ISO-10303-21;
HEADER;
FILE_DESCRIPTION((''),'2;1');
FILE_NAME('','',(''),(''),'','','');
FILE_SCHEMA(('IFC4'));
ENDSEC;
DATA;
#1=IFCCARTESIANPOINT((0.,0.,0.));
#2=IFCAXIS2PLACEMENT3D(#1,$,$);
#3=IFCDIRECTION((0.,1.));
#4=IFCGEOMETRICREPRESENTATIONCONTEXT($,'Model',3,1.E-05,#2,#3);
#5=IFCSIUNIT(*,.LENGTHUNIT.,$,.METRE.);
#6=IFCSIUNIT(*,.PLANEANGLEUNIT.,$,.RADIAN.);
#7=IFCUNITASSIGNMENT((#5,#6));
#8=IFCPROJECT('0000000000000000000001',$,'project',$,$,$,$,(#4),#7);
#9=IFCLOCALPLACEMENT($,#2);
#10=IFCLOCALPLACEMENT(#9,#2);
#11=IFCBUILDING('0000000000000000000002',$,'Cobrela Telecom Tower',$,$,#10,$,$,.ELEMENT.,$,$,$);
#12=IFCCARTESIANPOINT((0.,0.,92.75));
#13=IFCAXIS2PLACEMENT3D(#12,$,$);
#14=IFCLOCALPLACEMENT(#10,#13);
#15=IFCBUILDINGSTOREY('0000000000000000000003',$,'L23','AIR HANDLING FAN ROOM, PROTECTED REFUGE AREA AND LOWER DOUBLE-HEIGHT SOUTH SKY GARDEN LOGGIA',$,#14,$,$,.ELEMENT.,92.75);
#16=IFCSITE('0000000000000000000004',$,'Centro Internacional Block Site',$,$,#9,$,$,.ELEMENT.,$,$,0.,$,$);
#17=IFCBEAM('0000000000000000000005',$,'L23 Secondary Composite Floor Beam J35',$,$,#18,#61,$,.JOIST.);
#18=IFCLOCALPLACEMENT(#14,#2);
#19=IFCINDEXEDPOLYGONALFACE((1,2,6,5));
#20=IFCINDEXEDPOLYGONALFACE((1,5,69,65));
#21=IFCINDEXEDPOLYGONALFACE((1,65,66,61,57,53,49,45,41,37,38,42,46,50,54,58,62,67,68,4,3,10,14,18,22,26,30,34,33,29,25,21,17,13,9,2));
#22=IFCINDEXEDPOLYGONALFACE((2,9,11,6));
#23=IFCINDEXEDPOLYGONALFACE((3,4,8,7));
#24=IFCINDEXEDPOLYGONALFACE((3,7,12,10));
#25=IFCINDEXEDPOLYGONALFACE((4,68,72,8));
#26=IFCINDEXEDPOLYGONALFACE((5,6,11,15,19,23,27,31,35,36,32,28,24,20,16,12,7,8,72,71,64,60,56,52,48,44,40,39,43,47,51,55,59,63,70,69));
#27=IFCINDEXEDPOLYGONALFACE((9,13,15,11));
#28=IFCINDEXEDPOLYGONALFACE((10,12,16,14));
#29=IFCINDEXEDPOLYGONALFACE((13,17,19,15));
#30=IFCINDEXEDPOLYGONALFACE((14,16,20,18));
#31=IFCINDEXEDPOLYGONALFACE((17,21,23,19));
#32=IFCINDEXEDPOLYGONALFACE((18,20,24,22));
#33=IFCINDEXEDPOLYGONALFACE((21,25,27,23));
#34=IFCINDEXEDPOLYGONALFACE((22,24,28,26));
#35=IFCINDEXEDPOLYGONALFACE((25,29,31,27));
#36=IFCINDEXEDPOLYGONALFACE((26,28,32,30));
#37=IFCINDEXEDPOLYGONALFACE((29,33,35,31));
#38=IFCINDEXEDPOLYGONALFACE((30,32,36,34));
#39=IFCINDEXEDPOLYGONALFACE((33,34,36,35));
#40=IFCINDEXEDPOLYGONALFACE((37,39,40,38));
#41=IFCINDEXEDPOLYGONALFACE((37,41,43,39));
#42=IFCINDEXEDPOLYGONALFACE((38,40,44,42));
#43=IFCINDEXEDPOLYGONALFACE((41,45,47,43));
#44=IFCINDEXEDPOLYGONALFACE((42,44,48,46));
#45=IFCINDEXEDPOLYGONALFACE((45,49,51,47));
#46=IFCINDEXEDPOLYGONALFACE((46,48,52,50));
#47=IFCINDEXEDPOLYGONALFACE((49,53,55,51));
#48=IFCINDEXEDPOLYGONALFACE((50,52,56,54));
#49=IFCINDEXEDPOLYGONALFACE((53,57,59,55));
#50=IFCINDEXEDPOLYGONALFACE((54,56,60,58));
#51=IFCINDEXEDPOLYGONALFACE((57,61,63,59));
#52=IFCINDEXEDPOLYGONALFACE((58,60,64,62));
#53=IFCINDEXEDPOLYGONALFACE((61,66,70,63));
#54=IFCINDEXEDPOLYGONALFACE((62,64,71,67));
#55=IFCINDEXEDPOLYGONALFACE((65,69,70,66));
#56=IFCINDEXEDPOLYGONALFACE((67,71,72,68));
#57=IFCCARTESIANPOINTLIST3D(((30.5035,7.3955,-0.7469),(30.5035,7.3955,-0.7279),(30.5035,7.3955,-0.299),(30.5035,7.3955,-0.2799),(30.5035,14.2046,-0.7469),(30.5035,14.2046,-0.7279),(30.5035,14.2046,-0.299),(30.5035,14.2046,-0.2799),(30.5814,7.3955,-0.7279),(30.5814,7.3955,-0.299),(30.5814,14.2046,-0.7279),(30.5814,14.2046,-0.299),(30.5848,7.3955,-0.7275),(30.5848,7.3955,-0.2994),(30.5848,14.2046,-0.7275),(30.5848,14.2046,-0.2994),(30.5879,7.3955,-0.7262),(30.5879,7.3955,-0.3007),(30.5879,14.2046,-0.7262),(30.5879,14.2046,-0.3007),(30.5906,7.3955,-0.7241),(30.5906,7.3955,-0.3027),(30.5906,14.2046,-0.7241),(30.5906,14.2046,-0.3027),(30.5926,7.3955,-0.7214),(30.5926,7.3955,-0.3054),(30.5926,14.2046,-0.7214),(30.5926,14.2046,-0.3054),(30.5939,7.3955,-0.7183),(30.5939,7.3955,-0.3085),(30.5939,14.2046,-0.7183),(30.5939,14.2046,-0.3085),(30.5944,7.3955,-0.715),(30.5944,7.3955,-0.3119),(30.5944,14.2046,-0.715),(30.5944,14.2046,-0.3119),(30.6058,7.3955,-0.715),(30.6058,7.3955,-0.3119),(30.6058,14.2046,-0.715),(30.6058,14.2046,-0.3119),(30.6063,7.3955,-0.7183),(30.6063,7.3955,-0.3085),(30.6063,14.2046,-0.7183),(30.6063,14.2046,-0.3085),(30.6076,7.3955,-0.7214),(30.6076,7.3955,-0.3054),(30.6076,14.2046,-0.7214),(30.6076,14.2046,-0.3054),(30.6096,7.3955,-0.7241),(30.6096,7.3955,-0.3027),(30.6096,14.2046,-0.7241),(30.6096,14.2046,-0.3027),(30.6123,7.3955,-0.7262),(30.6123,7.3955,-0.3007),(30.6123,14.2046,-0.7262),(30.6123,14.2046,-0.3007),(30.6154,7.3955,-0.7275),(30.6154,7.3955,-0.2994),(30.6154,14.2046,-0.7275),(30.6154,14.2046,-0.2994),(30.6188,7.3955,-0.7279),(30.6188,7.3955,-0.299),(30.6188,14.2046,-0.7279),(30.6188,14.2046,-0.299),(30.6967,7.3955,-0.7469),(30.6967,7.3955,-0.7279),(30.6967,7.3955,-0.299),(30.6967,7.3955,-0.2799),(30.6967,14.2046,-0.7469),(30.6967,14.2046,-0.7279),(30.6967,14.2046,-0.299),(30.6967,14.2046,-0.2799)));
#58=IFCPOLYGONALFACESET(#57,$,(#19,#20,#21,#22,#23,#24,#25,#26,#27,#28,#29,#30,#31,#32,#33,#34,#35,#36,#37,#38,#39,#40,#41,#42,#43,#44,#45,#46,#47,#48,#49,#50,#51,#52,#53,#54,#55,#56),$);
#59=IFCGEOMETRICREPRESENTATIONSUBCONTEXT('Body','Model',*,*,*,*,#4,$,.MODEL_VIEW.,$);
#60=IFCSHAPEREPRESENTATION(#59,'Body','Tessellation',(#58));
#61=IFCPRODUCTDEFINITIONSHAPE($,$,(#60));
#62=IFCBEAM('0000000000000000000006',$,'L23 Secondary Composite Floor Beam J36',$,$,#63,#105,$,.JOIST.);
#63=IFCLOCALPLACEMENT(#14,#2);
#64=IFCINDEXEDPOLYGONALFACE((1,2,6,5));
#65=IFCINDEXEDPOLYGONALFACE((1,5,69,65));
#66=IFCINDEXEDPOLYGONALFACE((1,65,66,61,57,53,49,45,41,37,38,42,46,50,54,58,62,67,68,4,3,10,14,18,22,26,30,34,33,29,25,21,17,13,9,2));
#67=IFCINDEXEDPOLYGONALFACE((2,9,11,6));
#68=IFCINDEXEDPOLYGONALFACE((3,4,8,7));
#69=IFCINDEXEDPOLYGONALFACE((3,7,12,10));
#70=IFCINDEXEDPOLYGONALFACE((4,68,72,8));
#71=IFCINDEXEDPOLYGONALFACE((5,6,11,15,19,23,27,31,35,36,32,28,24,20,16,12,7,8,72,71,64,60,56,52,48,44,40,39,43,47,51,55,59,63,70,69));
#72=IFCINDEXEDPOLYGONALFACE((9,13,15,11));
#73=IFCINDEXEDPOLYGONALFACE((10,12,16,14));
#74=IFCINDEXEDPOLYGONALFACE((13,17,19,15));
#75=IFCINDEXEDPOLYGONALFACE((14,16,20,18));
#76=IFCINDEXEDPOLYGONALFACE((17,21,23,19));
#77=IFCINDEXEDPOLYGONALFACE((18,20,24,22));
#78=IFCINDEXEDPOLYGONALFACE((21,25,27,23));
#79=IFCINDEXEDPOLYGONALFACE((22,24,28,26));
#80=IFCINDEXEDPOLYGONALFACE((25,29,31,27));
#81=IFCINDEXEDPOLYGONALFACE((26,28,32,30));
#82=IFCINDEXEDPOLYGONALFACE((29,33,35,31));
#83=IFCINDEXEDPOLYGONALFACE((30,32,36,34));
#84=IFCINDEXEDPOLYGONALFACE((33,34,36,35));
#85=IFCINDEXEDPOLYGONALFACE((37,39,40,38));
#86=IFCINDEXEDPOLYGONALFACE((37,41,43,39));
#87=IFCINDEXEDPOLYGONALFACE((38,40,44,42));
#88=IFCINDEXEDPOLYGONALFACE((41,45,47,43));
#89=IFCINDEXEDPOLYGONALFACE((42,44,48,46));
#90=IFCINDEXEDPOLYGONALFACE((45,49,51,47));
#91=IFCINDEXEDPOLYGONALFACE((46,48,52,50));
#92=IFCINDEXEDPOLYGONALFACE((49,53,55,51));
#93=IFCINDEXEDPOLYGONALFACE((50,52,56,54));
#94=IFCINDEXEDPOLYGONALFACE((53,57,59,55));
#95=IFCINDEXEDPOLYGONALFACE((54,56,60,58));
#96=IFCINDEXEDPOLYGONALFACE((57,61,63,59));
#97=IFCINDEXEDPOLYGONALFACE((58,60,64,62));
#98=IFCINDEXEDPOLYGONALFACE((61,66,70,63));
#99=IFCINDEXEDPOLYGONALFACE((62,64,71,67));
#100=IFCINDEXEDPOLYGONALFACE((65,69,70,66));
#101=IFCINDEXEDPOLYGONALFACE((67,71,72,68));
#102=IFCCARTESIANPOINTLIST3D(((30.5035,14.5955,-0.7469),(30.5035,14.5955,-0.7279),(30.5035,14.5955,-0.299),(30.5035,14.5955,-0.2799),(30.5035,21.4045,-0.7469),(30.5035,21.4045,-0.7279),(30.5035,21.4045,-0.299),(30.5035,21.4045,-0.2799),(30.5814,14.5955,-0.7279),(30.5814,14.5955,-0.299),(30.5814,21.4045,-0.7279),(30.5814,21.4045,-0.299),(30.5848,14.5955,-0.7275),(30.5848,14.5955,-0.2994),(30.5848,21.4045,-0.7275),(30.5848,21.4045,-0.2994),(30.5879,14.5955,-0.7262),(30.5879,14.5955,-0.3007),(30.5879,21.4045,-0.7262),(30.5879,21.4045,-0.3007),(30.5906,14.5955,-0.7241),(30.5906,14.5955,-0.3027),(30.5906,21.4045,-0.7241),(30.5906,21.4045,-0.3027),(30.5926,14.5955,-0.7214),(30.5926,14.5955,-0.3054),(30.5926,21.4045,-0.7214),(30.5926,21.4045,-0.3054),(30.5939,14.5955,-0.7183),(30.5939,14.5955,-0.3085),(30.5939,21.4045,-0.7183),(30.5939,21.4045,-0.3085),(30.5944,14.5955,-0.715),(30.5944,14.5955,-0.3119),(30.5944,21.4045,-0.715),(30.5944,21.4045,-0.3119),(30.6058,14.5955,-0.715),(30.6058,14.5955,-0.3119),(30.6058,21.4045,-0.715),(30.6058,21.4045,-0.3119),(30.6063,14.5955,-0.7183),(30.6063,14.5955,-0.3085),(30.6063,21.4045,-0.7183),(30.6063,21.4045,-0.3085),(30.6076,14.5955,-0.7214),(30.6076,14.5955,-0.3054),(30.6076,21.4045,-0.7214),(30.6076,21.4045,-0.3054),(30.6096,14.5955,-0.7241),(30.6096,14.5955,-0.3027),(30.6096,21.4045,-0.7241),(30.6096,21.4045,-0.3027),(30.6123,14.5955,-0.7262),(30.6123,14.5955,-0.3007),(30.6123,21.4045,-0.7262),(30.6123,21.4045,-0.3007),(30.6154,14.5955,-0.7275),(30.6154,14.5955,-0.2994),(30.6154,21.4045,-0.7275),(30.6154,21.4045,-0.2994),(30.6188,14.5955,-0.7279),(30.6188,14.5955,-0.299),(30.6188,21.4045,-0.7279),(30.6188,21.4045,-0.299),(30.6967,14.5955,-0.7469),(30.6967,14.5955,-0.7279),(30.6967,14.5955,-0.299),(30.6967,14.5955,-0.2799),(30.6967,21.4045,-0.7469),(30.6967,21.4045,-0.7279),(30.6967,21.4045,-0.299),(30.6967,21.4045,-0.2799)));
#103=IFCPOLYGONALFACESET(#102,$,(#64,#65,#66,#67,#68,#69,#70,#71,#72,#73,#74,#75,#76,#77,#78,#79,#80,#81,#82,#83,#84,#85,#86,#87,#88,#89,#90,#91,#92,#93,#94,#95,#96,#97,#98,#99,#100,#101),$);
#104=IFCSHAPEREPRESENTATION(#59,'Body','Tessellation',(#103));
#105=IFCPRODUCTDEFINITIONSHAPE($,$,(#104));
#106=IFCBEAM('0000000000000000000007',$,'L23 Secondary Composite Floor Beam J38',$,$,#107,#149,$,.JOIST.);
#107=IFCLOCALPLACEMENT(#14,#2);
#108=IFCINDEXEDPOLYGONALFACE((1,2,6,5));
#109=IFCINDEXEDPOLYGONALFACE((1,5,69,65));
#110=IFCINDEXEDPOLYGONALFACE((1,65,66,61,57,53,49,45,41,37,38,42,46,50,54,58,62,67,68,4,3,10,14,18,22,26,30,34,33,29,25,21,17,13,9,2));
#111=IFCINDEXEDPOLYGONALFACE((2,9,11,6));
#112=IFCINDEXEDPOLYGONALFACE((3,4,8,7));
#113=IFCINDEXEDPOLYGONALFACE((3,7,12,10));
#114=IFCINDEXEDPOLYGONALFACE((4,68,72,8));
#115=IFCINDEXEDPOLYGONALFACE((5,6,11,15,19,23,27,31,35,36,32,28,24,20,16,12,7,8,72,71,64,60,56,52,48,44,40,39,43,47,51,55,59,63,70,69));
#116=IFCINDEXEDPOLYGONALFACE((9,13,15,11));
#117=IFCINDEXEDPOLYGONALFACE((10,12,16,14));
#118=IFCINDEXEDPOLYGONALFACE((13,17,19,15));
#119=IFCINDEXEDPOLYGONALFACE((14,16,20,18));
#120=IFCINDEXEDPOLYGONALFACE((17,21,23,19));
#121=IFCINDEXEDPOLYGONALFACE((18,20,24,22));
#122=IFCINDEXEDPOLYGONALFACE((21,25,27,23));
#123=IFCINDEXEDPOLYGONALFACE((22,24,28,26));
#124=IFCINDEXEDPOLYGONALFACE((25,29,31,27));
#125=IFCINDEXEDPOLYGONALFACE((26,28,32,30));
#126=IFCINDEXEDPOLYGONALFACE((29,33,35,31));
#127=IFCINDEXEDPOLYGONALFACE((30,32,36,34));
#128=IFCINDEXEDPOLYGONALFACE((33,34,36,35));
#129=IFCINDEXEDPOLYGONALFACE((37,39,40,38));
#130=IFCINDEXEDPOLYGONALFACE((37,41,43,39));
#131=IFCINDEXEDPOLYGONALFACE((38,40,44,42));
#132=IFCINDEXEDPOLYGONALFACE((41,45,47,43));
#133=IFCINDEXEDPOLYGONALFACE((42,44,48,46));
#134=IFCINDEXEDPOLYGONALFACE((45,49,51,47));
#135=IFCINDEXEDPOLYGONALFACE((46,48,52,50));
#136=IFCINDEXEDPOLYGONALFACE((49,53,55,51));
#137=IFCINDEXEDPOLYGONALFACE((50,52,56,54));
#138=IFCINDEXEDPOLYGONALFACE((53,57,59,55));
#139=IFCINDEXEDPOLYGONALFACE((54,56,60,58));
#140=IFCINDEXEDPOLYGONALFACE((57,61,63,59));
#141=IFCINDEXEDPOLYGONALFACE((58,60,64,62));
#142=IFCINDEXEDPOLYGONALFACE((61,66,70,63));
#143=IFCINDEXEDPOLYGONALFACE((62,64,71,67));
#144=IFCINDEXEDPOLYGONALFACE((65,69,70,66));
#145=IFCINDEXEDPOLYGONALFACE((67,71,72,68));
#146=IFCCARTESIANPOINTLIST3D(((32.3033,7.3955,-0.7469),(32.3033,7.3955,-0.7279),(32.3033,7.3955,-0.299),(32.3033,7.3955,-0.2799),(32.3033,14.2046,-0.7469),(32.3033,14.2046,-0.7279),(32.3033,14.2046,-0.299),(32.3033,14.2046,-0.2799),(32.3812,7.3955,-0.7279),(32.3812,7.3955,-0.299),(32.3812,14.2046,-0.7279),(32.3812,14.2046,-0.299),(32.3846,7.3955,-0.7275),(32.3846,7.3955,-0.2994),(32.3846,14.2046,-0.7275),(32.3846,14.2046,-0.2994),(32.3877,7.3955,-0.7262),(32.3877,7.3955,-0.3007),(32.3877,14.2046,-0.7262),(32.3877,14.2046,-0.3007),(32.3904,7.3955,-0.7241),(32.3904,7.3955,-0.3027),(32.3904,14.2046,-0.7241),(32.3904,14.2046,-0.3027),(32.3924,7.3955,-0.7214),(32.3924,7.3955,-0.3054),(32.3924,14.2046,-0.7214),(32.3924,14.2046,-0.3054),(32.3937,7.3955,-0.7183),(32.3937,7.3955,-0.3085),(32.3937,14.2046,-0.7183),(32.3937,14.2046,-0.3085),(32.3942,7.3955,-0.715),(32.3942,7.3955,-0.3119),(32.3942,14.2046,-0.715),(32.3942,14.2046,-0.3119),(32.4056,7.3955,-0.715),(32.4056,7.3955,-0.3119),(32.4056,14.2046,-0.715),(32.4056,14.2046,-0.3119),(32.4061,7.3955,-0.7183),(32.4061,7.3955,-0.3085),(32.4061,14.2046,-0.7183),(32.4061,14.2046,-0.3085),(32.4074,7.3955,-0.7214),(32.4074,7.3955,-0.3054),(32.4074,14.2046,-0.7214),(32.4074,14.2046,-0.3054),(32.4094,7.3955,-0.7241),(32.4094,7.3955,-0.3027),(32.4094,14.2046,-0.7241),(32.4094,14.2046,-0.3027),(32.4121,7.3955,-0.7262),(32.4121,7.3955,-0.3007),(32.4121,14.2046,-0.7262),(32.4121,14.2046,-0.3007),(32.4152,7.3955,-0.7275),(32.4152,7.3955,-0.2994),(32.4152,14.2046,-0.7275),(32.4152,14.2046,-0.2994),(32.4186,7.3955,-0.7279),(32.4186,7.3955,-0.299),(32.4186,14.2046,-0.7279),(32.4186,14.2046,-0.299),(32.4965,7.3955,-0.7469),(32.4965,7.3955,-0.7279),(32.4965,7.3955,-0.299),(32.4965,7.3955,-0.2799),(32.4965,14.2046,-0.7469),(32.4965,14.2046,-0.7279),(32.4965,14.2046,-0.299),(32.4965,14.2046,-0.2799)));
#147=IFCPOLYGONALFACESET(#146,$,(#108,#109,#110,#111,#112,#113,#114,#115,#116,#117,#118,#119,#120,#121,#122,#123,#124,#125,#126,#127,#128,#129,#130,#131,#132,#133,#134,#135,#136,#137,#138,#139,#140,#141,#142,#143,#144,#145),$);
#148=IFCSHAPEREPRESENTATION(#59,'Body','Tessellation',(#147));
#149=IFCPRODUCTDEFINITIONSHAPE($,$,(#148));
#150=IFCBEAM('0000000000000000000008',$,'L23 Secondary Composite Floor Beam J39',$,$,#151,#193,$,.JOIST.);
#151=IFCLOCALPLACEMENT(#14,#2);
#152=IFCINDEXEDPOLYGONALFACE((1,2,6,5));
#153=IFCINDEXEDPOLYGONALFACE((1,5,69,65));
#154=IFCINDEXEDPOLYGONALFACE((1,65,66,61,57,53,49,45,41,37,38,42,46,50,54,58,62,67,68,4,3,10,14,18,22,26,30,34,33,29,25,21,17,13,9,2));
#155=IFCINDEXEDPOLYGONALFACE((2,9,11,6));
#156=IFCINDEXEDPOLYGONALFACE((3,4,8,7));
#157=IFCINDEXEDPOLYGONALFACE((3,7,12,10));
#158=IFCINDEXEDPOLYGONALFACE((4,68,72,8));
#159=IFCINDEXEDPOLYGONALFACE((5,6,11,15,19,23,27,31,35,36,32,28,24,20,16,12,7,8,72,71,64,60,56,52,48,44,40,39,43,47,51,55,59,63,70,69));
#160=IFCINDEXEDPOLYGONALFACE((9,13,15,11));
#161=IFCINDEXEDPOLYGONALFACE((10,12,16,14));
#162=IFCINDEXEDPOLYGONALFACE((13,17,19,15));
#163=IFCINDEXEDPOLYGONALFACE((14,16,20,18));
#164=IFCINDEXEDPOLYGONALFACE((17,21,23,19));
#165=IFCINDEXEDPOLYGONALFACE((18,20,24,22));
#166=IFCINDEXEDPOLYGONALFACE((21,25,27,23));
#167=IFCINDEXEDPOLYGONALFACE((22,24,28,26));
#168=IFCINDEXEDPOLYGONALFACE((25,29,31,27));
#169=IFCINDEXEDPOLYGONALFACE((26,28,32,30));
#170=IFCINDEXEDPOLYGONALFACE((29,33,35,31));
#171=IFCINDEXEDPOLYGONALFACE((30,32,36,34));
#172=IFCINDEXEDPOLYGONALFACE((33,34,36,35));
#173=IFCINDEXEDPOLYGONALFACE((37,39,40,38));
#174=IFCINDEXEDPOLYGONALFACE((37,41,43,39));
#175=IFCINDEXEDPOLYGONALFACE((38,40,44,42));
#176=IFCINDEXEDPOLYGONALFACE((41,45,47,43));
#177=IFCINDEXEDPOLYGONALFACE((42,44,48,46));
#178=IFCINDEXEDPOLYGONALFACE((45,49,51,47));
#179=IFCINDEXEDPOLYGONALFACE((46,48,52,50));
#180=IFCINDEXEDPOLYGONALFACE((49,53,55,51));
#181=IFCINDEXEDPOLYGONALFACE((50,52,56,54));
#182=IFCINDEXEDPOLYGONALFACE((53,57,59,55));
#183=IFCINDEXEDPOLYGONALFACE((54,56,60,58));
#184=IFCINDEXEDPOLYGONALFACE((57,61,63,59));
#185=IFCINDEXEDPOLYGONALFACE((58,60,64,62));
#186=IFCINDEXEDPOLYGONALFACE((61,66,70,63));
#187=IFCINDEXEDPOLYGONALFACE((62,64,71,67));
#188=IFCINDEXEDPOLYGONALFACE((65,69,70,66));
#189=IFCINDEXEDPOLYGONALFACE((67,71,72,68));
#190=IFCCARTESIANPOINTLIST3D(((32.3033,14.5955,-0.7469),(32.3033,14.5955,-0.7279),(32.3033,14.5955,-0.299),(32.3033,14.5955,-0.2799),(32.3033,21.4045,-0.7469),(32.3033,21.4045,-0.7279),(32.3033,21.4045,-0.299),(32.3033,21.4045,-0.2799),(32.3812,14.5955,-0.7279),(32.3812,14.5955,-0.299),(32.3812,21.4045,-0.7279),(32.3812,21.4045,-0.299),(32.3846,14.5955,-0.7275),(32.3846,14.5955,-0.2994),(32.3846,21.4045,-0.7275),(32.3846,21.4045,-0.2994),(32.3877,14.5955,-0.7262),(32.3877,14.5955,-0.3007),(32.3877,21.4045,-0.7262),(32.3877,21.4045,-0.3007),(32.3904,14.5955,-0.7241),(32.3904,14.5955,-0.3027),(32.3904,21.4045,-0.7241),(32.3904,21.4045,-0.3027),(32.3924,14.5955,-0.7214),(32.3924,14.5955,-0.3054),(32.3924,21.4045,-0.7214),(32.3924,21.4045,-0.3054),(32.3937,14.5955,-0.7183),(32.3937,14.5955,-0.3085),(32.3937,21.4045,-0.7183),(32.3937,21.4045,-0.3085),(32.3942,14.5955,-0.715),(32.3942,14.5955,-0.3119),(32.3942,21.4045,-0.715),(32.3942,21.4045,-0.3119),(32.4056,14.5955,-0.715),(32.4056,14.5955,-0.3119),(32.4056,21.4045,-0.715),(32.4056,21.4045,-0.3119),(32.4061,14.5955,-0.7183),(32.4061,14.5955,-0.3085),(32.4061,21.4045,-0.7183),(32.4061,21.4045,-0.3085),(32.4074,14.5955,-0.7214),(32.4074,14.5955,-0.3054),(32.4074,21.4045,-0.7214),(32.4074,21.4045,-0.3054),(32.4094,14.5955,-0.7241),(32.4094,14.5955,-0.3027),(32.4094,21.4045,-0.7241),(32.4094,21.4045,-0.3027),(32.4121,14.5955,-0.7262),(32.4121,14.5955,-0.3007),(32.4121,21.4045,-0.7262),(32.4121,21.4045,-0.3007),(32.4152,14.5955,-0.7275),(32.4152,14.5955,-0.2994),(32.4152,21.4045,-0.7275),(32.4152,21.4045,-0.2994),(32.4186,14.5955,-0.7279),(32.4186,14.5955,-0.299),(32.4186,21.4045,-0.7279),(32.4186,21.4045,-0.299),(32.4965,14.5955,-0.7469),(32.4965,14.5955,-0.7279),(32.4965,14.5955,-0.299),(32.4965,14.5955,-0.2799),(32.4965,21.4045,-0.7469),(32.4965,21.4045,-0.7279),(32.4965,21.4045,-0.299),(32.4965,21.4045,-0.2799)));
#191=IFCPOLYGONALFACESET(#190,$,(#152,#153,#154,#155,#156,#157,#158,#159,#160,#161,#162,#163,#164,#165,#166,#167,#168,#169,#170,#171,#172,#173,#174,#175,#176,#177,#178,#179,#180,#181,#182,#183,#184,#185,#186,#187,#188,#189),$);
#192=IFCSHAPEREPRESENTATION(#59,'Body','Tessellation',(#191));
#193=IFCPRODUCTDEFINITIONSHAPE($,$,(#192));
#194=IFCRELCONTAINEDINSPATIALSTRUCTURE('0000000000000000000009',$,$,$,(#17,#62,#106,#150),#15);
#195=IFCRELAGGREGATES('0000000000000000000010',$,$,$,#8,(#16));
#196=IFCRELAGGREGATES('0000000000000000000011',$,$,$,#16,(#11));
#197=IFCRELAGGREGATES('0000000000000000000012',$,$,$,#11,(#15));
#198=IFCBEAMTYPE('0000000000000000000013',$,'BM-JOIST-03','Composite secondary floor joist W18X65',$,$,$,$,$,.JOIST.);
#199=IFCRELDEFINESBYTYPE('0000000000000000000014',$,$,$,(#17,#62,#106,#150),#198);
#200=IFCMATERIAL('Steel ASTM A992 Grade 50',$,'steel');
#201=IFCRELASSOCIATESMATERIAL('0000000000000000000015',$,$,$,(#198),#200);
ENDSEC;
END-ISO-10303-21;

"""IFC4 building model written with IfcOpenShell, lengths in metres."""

from ifc_helpers import new_model, si_unit, direction, frame, origin, origin_2d, place, context, subcontext, project, spatial, i_section, extrude, material, material_profile, profile_set, type_object, element, save


model = new_model("IFC4")

# Units and contexts
model_context = context("Model", 3, precision=1e-05, world=origin(), true_north=direction((0.0, 1.0)))
body_context = subcontext(model_context, "Body", "Model", "MODEL_VIEW")
ifc_project = project(units=[si_unit("LENGTHUNIT", "METRE"), si_unit("PLANEANGLEUNIT", "RADIAN")], contexts=[model_context])

# Site, building, storey
site_placement = place(None, origin())
site = spatial("IfcSite", under=ifc_project, at=site_placement, Name="Centro Internacional Block Site", CompositionType="ELEMENT", RefElevation=0.0)
building_placement = place(site_placement, origin())
building = spatial("IfcBuilding", under=site, at=building_placement, Name="Cobrela Telecom Tower", CompositionType="ELEMENT")
storey_placement = place(building_placement, frame((0.0, 0.0, 92.75)))
storey = spatial("IfcBuildingStorey", under=building, at=storey_placement, Name="L23", Description="AIR HANDLING FAN ROOM, PROTECTED REFUGE AREA AND LOWER DOUBLE-HEIGHT SOUTH SKY GARDEN LOGGIA", CompositionType="ELEMENT", Elevation=92.75)

# Shared definitions
ifc_material_1 = material(Name="Steel ASTM A992 Grade 50", Category="steel")

# Beams
ifc_material_profile_1 = material_profile(ifc_material_1, i_section(OverallWidth=0.1931, OverallDepth=0.467, WebThickness=0.0115, FlangeThickness=0.019, FilletRadius=0.0129, at=origin_2d()), Name="W18X65")
ifc_profile_set_1 = profile_set([ifc_material_profile_1], Name="Steel ASTM A992 Grade 50")
beam_type_1 = type_object("IfcBeamType", Name="BM-JOIST-03", Description="Composite secondary floor joist W18X65", PredefinedType="JOIST", material=ifc_profile_set_1)
for number, where, z_axis, x_axis, name in (
    (1, (30.6001, 7.3955, -0.5134), (0.0, 1.0, 0.0), (-1.0, 0.0, 0.0), "L23 Secondary Composite Floor Beam J35"),
    (2, (30.6001, 14.5955, -0.5134), (0.0, 1.0, 0.0), (-1.0, 0.0, 0.0), "L23 Secondary Composite Floor Beam J36"),
    (3, (32.3999, 7.3955, -0.5134), (0.0, 1.0, 0.0), (-1.0, 0.0, 0.0), "L23 Secondary Composite Floor Beam J38"),
    (4, (32.3999, 14.5955, -0.5134), (0.0, 1.0, 0.0), (-1.0, 0.0, 0.0), "L23 Secondary Composite Floor Beam J39"),
):
    element("IfcBeam", number, at=place(storey_placement, frame(where, z_axis=z_axis, x_axis=x_axis)), inside=storey, type_object=beam_type_1, Name=name, PredefinedType="JOIST", context=body_context, shape_type="SweptSolid", body=[
        extrude(i_section(OverallWidth=0.1931, OverallDepth=0.467, WebThickness=0.0115, FlangeThickness=0.019, FilletRadius=0.0129, at=origin_2d()), origin(), (0.0, 0.0, 1.0), 6.8091),
    ])

save(model, "model.ifc")
